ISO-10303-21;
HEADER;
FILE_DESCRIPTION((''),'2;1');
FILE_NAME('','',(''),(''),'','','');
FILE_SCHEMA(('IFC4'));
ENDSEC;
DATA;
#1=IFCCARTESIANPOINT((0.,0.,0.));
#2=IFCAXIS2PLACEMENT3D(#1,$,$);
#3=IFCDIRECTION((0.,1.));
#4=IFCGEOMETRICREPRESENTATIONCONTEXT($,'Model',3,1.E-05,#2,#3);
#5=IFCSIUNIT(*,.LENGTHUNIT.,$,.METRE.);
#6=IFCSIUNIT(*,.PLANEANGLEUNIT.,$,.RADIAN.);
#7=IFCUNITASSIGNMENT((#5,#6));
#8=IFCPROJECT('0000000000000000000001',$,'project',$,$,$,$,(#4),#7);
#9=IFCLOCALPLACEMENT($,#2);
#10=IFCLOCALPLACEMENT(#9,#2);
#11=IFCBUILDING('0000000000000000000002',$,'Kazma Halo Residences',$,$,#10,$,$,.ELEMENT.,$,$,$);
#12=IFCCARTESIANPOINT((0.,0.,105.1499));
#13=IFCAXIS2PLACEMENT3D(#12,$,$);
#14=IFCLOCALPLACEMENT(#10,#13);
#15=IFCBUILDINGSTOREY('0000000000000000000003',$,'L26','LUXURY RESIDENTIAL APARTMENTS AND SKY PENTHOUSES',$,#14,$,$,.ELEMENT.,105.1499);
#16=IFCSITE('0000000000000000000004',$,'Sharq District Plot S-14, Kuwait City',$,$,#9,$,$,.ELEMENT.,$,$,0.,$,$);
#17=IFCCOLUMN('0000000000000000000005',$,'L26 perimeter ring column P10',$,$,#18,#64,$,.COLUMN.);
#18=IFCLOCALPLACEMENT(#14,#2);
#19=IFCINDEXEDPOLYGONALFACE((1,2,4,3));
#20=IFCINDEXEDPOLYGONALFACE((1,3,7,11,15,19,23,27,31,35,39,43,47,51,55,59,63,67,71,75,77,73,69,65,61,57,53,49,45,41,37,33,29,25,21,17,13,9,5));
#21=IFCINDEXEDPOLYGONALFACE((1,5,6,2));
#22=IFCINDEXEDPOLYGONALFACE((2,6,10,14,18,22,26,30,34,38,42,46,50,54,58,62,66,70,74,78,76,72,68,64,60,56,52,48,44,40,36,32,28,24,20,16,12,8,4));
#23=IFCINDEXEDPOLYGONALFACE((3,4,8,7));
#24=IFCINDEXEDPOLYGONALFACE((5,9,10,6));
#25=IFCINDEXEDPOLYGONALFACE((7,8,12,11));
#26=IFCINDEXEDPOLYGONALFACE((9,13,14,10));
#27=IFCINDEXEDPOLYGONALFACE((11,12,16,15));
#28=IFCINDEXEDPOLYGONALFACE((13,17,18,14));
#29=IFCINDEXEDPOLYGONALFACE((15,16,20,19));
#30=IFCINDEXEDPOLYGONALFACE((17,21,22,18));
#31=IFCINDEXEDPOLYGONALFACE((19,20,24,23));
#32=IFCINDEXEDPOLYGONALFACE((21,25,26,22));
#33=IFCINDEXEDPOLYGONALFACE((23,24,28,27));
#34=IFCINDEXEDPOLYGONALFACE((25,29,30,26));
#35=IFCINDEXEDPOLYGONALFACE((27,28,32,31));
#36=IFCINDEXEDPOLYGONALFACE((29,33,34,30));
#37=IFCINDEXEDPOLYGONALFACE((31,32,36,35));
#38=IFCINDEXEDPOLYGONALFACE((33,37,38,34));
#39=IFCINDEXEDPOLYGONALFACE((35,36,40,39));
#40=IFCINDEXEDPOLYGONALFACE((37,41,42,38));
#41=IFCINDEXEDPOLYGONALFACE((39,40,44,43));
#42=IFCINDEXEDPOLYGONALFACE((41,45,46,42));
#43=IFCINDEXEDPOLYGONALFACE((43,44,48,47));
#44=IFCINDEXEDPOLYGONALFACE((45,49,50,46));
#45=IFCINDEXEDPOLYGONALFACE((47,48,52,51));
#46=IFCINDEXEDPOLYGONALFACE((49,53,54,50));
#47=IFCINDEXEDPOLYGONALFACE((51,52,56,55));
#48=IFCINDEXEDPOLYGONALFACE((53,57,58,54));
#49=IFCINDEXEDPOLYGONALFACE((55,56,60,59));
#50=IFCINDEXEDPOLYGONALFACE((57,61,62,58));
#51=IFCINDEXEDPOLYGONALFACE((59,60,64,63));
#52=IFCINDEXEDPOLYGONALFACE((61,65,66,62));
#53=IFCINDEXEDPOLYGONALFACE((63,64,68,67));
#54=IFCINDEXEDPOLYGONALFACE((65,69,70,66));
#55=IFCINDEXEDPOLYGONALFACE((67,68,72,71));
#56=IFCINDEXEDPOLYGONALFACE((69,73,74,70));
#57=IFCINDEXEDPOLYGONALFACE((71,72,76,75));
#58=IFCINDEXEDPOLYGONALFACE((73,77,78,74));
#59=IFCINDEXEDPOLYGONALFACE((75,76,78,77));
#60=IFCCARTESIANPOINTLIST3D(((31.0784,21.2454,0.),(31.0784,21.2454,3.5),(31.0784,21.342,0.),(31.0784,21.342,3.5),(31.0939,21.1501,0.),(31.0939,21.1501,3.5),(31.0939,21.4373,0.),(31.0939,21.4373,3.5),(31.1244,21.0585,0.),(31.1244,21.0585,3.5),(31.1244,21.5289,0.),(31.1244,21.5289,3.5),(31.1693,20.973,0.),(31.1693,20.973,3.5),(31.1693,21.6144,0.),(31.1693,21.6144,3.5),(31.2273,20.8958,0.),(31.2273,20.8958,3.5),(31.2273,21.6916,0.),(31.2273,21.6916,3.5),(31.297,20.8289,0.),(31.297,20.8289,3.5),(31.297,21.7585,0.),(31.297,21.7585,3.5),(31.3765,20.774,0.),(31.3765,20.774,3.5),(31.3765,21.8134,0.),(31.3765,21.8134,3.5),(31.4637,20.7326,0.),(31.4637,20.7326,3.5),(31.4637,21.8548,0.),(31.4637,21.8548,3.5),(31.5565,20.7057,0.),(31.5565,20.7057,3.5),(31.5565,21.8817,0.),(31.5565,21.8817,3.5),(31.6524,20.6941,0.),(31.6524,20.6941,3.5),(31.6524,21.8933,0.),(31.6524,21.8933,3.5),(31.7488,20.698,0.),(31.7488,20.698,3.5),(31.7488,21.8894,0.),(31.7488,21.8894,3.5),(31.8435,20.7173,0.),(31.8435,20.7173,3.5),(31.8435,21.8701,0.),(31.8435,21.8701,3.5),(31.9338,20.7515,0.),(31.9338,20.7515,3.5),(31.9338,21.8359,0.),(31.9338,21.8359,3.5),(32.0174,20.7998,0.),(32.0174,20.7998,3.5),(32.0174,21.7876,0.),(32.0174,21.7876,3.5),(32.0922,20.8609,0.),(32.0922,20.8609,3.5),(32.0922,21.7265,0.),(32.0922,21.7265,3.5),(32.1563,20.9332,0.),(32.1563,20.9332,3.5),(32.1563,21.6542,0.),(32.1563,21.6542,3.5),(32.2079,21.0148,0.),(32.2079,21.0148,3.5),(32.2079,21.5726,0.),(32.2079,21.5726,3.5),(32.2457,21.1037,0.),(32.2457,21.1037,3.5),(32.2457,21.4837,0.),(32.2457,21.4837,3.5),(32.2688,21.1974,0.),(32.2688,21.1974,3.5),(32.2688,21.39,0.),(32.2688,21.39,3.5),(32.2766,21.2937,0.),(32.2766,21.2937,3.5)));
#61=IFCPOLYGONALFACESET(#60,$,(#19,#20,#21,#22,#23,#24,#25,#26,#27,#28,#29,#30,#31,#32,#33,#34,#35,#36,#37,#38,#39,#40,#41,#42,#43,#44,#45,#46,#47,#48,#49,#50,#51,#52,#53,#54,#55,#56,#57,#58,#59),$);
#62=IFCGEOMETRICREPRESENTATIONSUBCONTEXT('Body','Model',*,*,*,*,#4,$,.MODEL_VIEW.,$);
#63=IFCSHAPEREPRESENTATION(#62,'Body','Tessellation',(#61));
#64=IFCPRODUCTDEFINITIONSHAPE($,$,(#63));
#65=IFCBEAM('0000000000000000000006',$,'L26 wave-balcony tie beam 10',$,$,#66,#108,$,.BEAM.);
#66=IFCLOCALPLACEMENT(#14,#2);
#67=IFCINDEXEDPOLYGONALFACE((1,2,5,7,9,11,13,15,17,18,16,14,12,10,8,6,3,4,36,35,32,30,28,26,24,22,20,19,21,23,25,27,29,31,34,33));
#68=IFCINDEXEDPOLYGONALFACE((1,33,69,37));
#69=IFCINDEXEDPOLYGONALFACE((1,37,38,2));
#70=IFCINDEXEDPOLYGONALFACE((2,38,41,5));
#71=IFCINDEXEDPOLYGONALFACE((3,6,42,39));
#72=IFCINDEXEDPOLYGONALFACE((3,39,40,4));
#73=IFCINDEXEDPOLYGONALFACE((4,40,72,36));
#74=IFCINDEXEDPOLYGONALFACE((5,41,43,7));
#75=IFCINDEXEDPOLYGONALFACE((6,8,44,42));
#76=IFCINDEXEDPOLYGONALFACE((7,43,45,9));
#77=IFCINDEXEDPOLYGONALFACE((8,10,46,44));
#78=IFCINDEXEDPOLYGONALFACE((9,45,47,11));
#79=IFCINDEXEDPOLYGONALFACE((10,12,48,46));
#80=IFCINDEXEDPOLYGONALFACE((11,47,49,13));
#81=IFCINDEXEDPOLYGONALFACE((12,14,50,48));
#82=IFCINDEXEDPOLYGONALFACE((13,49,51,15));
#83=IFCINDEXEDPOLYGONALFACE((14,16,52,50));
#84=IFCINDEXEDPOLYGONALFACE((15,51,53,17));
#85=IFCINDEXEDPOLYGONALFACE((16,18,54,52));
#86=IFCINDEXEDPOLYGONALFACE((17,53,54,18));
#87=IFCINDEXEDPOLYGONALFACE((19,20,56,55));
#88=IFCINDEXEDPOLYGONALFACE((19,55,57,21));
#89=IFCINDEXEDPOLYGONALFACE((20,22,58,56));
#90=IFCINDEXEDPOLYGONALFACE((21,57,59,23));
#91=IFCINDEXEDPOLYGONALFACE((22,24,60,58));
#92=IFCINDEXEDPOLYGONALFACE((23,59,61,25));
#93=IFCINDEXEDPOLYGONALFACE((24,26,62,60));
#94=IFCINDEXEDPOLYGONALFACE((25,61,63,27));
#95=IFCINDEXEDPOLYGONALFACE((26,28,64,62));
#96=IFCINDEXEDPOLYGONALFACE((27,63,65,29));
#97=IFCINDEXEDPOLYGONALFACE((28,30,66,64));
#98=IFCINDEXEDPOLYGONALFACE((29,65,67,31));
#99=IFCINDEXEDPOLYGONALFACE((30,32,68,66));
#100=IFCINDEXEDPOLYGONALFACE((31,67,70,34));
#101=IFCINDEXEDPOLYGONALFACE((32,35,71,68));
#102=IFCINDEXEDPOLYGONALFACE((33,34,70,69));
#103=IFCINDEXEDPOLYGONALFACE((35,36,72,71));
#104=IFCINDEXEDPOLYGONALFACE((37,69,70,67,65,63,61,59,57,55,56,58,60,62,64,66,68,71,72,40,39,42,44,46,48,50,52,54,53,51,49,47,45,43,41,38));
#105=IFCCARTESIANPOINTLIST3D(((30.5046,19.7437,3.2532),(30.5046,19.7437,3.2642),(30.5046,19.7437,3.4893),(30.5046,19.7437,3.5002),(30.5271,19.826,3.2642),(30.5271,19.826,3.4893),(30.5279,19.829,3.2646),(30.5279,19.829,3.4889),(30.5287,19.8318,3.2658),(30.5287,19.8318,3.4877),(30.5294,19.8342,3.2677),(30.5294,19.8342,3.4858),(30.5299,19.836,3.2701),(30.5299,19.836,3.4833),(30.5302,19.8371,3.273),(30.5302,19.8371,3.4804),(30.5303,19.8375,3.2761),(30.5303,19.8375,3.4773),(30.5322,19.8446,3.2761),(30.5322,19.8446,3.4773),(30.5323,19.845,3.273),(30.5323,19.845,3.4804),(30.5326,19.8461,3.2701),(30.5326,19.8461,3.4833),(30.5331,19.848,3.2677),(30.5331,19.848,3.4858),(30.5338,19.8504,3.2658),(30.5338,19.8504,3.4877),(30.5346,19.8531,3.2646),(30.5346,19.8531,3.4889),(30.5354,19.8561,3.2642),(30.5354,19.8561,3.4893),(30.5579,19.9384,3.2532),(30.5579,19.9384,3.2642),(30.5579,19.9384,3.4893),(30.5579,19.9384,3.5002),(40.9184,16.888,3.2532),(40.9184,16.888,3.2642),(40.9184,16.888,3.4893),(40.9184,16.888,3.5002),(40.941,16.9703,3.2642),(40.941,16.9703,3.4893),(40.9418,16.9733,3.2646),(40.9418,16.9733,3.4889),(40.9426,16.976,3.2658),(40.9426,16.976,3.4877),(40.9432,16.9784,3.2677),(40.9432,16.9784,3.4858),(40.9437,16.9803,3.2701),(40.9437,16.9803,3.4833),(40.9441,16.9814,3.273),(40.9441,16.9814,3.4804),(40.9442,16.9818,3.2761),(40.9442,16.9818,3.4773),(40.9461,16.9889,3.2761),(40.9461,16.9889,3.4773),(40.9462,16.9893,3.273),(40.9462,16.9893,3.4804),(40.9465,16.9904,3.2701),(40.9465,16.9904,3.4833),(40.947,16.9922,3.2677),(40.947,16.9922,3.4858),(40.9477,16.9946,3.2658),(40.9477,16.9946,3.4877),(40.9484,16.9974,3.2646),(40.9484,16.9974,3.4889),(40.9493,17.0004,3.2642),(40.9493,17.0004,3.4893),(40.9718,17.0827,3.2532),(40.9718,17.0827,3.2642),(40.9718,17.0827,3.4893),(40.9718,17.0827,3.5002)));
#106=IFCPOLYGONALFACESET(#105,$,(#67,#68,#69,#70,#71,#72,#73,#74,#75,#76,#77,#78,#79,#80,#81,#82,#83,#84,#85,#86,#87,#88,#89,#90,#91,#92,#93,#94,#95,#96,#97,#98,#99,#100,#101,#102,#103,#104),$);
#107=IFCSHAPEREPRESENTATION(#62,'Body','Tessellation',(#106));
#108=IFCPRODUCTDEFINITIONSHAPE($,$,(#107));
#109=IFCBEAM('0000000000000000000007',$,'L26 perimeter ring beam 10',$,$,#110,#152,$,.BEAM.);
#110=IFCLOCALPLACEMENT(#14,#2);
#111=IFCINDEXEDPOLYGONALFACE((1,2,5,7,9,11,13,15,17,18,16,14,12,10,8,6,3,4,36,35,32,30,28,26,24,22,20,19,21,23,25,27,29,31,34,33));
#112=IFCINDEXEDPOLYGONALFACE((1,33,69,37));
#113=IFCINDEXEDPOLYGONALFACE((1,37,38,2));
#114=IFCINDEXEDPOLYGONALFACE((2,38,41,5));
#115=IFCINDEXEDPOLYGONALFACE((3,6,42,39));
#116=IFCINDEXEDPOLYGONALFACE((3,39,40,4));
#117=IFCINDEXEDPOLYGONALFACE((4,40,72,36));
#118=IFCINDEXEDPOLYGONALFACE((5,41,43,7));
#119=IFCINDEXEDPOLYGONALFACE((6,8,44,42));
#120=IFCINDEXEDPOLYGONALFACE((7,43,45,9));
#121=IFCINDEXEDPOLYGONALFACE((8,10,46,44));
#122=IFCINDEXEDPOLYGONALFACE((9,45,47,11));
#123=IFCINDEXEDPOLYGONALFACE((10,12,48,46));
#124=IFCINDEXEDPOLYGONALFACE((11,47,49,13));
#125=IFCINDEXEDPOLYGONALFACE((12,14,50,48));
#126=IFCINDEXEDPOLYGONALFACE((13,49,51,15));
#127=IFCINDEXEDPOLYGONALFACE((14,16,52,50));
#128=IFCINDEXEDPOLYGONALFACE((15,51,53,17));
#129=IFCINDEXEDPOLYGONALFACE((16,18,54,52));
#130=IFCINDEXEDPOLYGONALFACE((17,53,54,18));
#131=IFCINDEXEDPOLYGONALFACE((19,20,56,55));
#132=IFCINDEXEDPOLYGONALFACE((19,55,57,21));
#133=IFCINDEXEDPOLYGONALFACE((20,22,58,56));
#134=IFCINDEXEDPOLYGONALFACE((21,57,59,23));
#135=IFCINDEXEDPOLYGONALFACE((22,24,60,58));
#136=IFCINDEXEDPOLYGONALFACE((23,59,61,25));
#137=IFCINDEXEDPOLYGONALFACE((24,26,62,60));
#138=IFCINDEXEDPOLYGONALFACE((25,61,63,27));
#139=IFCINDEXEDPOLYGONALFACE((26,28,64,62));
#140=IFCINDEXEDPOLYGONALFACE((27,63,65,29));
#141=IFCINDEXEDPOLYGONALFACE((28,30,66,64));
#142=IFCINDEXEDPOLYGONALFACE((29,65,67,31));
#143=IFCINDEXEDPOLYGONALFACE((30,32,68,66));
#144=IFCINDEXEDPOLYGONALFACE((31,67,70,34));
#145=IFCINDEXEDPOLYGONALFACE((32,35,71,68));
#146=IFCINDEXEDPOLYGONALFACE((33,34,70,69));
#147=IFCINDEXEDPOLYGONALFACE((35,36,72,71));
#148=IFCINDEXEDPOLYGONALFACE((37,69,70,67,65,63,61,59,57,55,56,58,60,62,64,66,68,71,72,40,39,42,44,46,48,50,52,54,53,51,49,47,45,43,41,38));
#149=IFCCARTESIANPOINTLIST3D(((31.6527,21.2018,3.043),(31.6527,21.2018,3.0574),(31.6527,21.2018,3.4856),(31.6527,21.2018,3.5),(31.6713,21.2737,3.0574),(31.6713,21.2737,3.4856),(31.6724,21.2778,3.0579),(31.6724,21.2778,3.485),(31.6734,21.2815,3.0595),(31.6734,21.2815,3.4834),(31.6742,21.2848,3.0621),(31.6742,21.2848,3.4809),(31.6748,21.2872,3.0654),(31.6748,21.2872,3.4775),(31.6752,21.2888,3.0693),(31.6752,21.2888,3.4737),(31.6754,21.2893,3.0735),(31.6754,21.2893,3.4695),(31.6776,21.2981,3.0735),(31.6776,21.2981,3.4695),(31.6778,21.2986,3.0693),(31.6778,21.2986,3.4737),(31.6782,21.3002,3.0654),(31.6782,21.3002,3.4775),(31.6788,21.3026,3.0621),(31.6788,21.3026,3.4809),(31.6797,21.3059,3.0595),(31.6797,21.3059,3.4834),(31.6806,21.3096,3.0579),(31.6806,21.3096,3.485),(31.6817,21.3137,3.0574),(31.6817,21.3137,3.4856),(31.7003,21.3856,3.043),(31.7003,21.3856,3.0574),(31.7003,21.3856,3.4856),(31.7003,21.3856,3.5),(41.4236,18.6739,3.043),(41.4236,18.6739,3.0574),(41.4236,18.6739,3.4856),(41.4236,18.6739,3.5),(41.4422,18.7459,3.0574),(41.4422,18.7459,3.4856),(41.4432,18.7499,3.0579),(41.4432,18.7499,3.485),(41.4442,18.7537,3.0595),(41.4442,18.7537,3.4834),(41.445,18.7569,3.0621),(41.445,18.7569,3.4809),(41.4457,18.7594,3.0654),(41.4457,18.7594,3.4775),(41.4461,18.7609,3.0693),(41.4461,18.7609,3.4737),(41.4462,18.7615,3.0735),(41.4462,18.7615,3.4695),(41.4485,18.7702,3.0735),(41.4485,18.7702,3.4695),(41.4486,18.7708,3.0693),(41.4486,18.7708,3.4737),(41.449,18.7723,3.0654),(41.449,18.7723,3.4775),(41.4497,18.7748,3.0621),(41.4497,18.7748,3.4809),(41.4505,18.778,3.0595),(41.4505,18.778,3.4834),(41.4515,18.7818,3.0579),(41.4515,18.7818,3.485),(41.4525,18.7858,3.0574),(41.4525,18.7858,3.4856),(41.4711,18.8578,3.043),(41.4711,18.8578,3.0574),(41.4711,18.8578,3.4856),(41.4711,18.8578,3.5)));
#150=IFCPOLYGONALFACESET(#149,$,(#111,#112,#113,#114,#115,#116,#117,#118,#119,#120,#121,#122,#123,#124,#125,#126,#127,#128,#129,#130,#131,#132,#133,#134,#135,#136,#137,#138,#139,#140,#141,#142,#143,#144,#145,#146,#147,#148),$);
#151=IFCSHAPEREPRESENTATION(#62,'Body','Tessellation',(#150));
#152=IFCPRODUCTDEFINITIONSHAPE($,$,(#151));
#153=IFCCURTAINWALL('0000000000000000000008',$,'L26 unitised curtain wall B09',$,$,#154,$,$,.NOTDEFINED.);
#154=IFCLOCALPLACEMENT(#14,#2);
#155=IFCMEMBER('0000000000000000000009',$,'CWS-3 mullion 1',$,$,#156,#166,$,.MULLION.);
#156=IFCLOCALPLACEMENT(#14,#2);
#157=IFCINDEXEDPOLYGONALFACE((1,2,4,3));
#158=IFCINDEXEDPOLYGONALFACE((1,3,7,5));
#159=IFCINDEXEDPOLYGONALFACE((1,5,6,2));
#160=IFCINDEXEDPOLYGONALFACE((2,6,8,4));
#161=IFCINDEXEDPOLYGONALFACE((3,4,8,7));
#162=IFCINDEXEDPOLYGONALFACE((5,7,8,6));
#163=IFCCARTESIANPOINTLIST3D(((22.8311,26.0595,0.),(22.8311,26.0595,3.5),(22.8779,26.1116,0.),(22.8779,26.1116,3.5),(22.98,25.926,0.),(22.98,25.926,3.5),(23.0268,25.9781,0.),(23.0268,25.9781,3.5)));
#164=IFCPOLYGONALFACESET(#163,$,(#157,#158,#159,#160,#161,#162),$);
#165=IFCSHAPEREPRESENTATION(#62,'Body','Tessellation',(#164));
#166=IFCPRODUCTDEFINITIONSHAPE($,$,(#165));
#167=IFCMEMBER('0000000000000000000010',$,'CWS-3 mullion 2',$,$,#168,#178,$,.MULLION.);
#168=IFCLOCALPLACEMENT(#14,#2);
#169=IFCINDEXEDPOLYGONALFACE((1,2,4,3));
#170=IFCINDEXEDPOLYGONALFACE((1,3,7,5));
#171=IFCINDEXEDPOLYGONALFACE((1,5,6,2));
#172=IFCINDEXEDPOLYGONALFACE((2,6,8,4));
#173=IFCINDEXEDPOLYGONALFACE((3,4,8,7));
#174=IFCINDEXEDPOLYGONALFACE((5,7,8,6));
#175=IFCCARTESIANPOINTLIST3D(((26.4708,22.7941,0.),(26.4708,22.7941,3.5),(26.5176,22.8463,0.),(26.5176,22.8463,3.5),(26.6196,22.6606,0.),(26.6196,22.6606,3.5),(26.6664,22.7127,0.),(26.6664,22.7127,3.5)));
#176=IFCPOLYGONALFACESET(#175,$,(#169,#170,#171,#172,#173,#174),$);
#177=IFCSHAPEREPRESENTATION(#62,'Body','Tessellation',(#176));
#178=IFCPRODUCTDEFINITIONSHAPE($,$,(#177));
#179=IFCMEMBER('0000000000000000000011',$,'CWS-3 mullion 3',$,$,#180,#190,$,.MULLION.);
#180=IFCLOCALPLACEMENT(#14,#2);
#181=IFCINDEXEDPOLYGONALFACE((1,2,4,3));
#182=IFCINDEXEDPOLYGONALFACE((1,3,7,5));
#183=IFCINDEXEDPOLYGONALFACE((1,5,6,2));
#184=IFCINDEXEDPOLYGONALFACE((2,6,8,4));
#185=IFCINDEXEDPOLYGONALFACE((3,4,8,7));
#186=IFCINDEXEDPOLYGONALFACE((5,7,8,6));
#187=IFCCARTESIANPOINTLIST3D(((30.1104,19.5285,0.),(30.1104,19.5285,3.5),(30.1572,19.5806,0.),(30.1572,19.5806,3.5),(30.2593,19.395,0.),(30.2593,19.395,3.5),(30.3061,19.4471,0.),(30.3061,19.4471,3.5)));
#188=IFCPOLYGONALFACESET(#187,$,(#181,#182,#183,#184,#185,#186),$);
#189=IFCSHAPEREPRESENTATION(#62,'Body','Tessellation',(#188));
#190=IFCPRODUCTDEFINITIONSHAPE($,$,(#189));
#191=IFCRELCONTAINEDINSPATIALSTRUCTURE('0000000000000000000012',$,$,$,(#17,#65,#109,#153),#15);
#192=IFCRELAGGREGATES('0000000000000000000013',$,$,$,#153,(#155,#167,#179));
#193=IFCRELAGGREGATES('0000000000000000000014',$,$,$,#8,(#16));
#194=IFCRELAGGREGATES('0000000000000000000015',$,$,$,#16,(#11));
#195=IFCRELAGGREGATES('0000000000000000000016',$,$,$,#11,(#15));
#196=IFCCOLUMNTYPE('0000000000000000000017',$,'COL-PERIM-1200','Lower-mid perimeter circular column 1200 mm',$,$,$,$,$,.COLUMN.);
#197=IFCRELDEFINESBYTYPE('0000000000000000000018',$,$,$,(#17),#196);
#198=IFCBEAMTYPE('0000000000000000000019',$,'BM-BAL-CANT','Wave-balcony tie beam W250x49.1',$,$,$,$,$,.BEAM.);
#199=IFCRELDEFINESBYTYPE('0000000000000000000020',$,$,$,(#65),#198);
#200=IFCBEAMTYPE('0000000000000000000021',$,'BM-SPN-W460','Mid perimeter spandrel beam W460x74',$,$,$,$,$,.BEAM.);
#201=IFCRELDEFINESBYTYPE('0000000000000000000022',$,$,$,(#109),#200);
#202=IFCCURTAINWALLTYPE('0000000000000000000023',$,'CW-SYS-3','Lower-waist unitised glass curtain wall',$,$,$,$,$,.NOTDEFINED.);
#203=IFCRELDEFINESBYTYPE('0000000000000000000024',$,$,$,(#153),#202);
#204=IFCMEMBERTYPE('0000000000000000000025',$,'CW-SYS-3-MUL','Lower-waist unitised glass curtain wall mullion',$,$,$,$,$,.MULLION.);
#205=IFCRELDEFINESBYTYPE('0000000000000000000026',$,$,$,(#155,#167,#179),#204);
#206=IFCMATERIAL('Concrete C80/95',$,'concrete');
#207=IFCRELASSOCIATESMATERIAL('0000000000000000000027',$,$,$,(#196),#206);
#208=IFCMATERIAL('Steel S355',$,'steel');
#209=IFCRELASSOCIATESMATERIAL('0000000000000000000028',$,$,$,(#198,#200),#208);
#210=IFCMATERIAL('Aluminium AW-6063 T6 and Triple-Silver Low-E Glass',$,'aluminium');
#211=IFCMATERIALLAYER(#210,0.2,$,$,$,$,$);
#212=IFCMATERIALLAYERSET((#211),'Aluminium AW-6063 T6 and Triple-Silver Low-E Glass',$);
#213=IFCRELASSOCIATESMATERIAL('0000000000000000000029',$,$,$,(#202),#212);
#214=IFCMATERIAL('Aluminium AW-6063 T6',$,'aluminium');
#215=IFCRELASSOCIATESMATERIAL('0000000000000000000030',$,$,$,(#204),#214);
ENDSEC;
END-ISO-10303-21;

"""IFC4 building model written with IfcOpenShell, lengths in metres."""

from ifc_helpers import new_model, si_unit, direction, frame, origin, origin_2d, place, context, subcontext, project, spatial, rectangle, circle, i_section, extrude, material, layer, layer_set, material_profile, profile_set, type_object, element, aggregate, save


model = new_model("IFC4")

# Units and contexts
model_context = context("Model", 3, precision=1e-05, world=origin(), true_north=direction((0.0, 1.0)))
body_context = subcontext(model_context, "Body", "Model", "MODEL_VIEW")
ifc_project = project(units=[si_unit("LENGTHUNIT", "METRE"), si_unit("PLANEANGLEUNIT", "RADIAN")], contexts=[model_context])

# Site, building, storey
site_placement = place(None, origin())
site = spatial("IfcSite", under=ifc_project, at=site_placement, Name="Sharq District Plot S-14, Kuwait City", CompositionType="ELEMENT", RefElevation=0.0)
building_placement = place(site_placement, origin())
building = spatial("IfcBuilding", under=site, at=building_placement, Name="Kazma Halo Residences", CompositionType="ELEMENT")
storey_placement = place(building_placement, frame((0.0, 0.0, 105.1499)))
storey = spatial("IfcBuildingStorey", under=building, at=storey_placement, Name="L26", Description="LUXURY RESIDENTIAL APARTMENTS AND SKY PENTHOUSES", CompositionType="ELEMENT", Elevation=105.1499)

# Column
ifc_material_1 = material(Name="Concrete C80/95", Category="concrete")
ifc_material_profile_1 = material_profile(ifc_material_1, circle(Radius=0.6001, at=origin_2d()), Name="CIRC1200")
ifc_profile_set_1 = profile_set([ifc_material_profile_1], Name="Concrete C80/95")
column_type = type_object("IfcColumnType", Name="COL-PERIM-1200", Description="Lower-mid perimeter circular column 1200 mm", PredefinedType="COLUMN", material=ifc_profile_set_1)
column_placement = place(storey_placement, frame((31.6765, 21.2937, 0.0), z_axis=(0.0, 0.0, 1.0), x_axis=(1.0, 0.0, 0.0)))
element("IfcColumn", 1, at=column_placement, inside=storey, type_object=column_type, Name="L26 perimeter ring column P10", PredefinedType="COLUMN", context=body_context, shape_type="SweptSolid", body=[
    extrude(circle(Radius=0.6001, at=origin_2d()), origin(), (0.0, 0.0, 1.0), 3.5),
])

# Beams
ifc_material_2 = material(Name="Steel S355", Category="steel")
ifc_material_profile_2 = material_profile(ifc_material_2, i_section(OverallWidth=0.2019, OverallDepth=0.2471, WebThickness=0.0073, FlangeThickness=0.011, FilletRadius=0.012, at=origin_2d()), Name="W250x49.1")
ifc_profile_set_2 = profile_set([ifc_material_profile_2], Name="Steel S355")
beam_type_1 = type_object("IfcBeamType", Name="BM-BAL-CANT", Description="Wave-balcony tie beam W250x49.1", PredefinedType="BEAM", material=ifc_profile_set_2)
beam_1_placement = place(storey_placement, frame((30.5312, 19.8411, 3.3767), z_axis=(0.964397, -0.26446, 0.0), x_axis=(0.26446, 0.964397, 0.0)))
element("IfcBeam", 2, at=beam_1_placement, inside=storey, type_object=beam_type_1, Name="L26 wave-balcony tie beam 10", PredefinedType="BEAM", context=body_context, shape_type="SweptSolid", body=[
    extrude(i_section(OverallWidth=0.2019, OverallDepth=0.2471, WebThickness=0.0073, FlangeThickness=0.011, FilletRadius=0.012, at=origin_2d()), origin(), (0.0, 0.0, 1.0), 10.7983),
])
ifc_material_profile_3 = material_profile(ifc_material_2, i_section(OverallWidth=0.1899, OverallDepth=0.457, WebThickness=0.009, FlangeThickness=0.0144, FilletRadius=0.0161, at=origin_2d()), Name="W460x74")
ifc_profile_set_3 = profile_set([ifc_material_profile_3], Name="Steel S355")
beam_type_2 = type_object("IfcBeamType", Name="BM-SPN-W460", Description="Mid perimeter spandrel beam W460x74", PredefinedType="BEAM", material=ifc_profile_set_3)
beam_2_placement = place(storey_placement, frame((31.6765, 21.2937, 3.2715), z_axis=(0.968125, -0.250468, 0.0), x_axis=(0.250468, 0.968125, 0.0)))
element("IfcBeam", 3, at=beam_2_placement, inside=storey, type_object=beam_type_2, Name="L26 perimeter ring beam 10", PredefinedType="BEAM", context=body_context, shape_type="SweptSolid", body=[
    extrude(i_section(OverallWidth=0.1899, OverallDepth=0.457, WebThickness=0.009, FlangeThickness=0.0144, FilletRadius=0.0161, at=origin_2d()), origin(), (0.0, 0.0, 1.0), 10.0925),
])

# Curtain wall, members
ifc_material_3 = material(Name="Aluminium AW-6063 T6 and Triple-Silver Low-E Glass", Category="aluminium")
ifc_layer_1 = layer(ifc_material_3, 0.2)
ifc_layer_set_1 = layer_set([ifc_layer_1], Name="Aluminium AW-6063 T6 and Triple-Silver Low-E Glass")
curtain_wall_type = type_object("IfcCurtainWallType", Name="CW-SYS-3", Description="Lower-waist unitised glass curtain wall", PredefinedType="NOTDEFINED", material=ifc_layer_set_1)
curtain_wall_placement = place(storey_placement, origin())
curtain_wall = element("IfcCurtainWall", 4, at=curtain_wall_placement, inside=storey, type_object=curtain_wall_type, Name="L26 unitised curtain wall B09", PredefinedType="NOTDEFINED")
ifc_material_4 = material(Name="Aluminium AW-6063 T6", Category="aluminium")
ifc_material_profile_4 = material_profile(ifc_material_4, rectangle(XDim=0.0701, YDim=0.2, at=origin_2d()), Name="CWM-70x200")
ifc_profile_set_4 = profile_set([ifc_material_profile_4], Name="Aluminium AW-6063 T6")
member_type_1 = type_object("IfcMemberType", Name="CW-SYS-3-MUL", Description="Lower-waist unitised glass curtain wall mullion", PredefinedType="MULLION", material=ifc_profile_set_4)
member_1_placement = place(storey_placement, frame((22.929, 26.0188, 0.0), z_axis=(0.0, 0.0, 1.0), x_axis=(0.667795, 0.744345, 0.0)))
member_1 = element("IfcMember", 5, at=member_1_placement, type_object=member_type_1, Name="CWS-3 mullion 1", PredefinedType="MULLION", context=body_context, shape_type="SweptSolid", body=[
    extrude(rectangle(XDim=0.0701, YDim=0.2, at=origin_2d()), origin(), (0.0, 0.0, 1.0), 3.5),
])
member_2_placement = place(storey_placement, frame((26.5686, 22.7534, 0.0), z_axis=(0.0, 0.0, 1.0), x_axis=(0.667795, 0.744345, 0.0)))
member_2 = element("IfcMember", 6, at=member_2_placement, type_object=member_type_1, Name="CWS-3 mullion 2", PredefinedType="MULLION", context=body_context, shape_type="SweptSolid", body=[
    extrude(rectangle(XDim=0.0701, YDim=0.2, at=origin_2d()), origin(), (0.0, 0.0, 1.0), 3.5),
])
member_3_placement = place(storey_placement, frame((30.2083, 19.4878, 0.0), z_axis=(0.0, 0.0, 1.0), x_axis=(0.667795, 0.744345, 0.0)))
member_3 = element("IfcMember", 7, at=member_3_placement, type_object=member_type_1, Name="CWS-3 mullion 3", PredefinedType="MULLION", context=body_context, shape_type="SweptSolid", body=[
    extrude(rectangle(XDim=0.0701, YDim=0.2, at=origin_2d()), origin(), (0.0, 0.0, 1.0), 3.5),
])
aggregate(curtain_wall, [member_1, member_2, member_3])

save(model, "model.ifc")
